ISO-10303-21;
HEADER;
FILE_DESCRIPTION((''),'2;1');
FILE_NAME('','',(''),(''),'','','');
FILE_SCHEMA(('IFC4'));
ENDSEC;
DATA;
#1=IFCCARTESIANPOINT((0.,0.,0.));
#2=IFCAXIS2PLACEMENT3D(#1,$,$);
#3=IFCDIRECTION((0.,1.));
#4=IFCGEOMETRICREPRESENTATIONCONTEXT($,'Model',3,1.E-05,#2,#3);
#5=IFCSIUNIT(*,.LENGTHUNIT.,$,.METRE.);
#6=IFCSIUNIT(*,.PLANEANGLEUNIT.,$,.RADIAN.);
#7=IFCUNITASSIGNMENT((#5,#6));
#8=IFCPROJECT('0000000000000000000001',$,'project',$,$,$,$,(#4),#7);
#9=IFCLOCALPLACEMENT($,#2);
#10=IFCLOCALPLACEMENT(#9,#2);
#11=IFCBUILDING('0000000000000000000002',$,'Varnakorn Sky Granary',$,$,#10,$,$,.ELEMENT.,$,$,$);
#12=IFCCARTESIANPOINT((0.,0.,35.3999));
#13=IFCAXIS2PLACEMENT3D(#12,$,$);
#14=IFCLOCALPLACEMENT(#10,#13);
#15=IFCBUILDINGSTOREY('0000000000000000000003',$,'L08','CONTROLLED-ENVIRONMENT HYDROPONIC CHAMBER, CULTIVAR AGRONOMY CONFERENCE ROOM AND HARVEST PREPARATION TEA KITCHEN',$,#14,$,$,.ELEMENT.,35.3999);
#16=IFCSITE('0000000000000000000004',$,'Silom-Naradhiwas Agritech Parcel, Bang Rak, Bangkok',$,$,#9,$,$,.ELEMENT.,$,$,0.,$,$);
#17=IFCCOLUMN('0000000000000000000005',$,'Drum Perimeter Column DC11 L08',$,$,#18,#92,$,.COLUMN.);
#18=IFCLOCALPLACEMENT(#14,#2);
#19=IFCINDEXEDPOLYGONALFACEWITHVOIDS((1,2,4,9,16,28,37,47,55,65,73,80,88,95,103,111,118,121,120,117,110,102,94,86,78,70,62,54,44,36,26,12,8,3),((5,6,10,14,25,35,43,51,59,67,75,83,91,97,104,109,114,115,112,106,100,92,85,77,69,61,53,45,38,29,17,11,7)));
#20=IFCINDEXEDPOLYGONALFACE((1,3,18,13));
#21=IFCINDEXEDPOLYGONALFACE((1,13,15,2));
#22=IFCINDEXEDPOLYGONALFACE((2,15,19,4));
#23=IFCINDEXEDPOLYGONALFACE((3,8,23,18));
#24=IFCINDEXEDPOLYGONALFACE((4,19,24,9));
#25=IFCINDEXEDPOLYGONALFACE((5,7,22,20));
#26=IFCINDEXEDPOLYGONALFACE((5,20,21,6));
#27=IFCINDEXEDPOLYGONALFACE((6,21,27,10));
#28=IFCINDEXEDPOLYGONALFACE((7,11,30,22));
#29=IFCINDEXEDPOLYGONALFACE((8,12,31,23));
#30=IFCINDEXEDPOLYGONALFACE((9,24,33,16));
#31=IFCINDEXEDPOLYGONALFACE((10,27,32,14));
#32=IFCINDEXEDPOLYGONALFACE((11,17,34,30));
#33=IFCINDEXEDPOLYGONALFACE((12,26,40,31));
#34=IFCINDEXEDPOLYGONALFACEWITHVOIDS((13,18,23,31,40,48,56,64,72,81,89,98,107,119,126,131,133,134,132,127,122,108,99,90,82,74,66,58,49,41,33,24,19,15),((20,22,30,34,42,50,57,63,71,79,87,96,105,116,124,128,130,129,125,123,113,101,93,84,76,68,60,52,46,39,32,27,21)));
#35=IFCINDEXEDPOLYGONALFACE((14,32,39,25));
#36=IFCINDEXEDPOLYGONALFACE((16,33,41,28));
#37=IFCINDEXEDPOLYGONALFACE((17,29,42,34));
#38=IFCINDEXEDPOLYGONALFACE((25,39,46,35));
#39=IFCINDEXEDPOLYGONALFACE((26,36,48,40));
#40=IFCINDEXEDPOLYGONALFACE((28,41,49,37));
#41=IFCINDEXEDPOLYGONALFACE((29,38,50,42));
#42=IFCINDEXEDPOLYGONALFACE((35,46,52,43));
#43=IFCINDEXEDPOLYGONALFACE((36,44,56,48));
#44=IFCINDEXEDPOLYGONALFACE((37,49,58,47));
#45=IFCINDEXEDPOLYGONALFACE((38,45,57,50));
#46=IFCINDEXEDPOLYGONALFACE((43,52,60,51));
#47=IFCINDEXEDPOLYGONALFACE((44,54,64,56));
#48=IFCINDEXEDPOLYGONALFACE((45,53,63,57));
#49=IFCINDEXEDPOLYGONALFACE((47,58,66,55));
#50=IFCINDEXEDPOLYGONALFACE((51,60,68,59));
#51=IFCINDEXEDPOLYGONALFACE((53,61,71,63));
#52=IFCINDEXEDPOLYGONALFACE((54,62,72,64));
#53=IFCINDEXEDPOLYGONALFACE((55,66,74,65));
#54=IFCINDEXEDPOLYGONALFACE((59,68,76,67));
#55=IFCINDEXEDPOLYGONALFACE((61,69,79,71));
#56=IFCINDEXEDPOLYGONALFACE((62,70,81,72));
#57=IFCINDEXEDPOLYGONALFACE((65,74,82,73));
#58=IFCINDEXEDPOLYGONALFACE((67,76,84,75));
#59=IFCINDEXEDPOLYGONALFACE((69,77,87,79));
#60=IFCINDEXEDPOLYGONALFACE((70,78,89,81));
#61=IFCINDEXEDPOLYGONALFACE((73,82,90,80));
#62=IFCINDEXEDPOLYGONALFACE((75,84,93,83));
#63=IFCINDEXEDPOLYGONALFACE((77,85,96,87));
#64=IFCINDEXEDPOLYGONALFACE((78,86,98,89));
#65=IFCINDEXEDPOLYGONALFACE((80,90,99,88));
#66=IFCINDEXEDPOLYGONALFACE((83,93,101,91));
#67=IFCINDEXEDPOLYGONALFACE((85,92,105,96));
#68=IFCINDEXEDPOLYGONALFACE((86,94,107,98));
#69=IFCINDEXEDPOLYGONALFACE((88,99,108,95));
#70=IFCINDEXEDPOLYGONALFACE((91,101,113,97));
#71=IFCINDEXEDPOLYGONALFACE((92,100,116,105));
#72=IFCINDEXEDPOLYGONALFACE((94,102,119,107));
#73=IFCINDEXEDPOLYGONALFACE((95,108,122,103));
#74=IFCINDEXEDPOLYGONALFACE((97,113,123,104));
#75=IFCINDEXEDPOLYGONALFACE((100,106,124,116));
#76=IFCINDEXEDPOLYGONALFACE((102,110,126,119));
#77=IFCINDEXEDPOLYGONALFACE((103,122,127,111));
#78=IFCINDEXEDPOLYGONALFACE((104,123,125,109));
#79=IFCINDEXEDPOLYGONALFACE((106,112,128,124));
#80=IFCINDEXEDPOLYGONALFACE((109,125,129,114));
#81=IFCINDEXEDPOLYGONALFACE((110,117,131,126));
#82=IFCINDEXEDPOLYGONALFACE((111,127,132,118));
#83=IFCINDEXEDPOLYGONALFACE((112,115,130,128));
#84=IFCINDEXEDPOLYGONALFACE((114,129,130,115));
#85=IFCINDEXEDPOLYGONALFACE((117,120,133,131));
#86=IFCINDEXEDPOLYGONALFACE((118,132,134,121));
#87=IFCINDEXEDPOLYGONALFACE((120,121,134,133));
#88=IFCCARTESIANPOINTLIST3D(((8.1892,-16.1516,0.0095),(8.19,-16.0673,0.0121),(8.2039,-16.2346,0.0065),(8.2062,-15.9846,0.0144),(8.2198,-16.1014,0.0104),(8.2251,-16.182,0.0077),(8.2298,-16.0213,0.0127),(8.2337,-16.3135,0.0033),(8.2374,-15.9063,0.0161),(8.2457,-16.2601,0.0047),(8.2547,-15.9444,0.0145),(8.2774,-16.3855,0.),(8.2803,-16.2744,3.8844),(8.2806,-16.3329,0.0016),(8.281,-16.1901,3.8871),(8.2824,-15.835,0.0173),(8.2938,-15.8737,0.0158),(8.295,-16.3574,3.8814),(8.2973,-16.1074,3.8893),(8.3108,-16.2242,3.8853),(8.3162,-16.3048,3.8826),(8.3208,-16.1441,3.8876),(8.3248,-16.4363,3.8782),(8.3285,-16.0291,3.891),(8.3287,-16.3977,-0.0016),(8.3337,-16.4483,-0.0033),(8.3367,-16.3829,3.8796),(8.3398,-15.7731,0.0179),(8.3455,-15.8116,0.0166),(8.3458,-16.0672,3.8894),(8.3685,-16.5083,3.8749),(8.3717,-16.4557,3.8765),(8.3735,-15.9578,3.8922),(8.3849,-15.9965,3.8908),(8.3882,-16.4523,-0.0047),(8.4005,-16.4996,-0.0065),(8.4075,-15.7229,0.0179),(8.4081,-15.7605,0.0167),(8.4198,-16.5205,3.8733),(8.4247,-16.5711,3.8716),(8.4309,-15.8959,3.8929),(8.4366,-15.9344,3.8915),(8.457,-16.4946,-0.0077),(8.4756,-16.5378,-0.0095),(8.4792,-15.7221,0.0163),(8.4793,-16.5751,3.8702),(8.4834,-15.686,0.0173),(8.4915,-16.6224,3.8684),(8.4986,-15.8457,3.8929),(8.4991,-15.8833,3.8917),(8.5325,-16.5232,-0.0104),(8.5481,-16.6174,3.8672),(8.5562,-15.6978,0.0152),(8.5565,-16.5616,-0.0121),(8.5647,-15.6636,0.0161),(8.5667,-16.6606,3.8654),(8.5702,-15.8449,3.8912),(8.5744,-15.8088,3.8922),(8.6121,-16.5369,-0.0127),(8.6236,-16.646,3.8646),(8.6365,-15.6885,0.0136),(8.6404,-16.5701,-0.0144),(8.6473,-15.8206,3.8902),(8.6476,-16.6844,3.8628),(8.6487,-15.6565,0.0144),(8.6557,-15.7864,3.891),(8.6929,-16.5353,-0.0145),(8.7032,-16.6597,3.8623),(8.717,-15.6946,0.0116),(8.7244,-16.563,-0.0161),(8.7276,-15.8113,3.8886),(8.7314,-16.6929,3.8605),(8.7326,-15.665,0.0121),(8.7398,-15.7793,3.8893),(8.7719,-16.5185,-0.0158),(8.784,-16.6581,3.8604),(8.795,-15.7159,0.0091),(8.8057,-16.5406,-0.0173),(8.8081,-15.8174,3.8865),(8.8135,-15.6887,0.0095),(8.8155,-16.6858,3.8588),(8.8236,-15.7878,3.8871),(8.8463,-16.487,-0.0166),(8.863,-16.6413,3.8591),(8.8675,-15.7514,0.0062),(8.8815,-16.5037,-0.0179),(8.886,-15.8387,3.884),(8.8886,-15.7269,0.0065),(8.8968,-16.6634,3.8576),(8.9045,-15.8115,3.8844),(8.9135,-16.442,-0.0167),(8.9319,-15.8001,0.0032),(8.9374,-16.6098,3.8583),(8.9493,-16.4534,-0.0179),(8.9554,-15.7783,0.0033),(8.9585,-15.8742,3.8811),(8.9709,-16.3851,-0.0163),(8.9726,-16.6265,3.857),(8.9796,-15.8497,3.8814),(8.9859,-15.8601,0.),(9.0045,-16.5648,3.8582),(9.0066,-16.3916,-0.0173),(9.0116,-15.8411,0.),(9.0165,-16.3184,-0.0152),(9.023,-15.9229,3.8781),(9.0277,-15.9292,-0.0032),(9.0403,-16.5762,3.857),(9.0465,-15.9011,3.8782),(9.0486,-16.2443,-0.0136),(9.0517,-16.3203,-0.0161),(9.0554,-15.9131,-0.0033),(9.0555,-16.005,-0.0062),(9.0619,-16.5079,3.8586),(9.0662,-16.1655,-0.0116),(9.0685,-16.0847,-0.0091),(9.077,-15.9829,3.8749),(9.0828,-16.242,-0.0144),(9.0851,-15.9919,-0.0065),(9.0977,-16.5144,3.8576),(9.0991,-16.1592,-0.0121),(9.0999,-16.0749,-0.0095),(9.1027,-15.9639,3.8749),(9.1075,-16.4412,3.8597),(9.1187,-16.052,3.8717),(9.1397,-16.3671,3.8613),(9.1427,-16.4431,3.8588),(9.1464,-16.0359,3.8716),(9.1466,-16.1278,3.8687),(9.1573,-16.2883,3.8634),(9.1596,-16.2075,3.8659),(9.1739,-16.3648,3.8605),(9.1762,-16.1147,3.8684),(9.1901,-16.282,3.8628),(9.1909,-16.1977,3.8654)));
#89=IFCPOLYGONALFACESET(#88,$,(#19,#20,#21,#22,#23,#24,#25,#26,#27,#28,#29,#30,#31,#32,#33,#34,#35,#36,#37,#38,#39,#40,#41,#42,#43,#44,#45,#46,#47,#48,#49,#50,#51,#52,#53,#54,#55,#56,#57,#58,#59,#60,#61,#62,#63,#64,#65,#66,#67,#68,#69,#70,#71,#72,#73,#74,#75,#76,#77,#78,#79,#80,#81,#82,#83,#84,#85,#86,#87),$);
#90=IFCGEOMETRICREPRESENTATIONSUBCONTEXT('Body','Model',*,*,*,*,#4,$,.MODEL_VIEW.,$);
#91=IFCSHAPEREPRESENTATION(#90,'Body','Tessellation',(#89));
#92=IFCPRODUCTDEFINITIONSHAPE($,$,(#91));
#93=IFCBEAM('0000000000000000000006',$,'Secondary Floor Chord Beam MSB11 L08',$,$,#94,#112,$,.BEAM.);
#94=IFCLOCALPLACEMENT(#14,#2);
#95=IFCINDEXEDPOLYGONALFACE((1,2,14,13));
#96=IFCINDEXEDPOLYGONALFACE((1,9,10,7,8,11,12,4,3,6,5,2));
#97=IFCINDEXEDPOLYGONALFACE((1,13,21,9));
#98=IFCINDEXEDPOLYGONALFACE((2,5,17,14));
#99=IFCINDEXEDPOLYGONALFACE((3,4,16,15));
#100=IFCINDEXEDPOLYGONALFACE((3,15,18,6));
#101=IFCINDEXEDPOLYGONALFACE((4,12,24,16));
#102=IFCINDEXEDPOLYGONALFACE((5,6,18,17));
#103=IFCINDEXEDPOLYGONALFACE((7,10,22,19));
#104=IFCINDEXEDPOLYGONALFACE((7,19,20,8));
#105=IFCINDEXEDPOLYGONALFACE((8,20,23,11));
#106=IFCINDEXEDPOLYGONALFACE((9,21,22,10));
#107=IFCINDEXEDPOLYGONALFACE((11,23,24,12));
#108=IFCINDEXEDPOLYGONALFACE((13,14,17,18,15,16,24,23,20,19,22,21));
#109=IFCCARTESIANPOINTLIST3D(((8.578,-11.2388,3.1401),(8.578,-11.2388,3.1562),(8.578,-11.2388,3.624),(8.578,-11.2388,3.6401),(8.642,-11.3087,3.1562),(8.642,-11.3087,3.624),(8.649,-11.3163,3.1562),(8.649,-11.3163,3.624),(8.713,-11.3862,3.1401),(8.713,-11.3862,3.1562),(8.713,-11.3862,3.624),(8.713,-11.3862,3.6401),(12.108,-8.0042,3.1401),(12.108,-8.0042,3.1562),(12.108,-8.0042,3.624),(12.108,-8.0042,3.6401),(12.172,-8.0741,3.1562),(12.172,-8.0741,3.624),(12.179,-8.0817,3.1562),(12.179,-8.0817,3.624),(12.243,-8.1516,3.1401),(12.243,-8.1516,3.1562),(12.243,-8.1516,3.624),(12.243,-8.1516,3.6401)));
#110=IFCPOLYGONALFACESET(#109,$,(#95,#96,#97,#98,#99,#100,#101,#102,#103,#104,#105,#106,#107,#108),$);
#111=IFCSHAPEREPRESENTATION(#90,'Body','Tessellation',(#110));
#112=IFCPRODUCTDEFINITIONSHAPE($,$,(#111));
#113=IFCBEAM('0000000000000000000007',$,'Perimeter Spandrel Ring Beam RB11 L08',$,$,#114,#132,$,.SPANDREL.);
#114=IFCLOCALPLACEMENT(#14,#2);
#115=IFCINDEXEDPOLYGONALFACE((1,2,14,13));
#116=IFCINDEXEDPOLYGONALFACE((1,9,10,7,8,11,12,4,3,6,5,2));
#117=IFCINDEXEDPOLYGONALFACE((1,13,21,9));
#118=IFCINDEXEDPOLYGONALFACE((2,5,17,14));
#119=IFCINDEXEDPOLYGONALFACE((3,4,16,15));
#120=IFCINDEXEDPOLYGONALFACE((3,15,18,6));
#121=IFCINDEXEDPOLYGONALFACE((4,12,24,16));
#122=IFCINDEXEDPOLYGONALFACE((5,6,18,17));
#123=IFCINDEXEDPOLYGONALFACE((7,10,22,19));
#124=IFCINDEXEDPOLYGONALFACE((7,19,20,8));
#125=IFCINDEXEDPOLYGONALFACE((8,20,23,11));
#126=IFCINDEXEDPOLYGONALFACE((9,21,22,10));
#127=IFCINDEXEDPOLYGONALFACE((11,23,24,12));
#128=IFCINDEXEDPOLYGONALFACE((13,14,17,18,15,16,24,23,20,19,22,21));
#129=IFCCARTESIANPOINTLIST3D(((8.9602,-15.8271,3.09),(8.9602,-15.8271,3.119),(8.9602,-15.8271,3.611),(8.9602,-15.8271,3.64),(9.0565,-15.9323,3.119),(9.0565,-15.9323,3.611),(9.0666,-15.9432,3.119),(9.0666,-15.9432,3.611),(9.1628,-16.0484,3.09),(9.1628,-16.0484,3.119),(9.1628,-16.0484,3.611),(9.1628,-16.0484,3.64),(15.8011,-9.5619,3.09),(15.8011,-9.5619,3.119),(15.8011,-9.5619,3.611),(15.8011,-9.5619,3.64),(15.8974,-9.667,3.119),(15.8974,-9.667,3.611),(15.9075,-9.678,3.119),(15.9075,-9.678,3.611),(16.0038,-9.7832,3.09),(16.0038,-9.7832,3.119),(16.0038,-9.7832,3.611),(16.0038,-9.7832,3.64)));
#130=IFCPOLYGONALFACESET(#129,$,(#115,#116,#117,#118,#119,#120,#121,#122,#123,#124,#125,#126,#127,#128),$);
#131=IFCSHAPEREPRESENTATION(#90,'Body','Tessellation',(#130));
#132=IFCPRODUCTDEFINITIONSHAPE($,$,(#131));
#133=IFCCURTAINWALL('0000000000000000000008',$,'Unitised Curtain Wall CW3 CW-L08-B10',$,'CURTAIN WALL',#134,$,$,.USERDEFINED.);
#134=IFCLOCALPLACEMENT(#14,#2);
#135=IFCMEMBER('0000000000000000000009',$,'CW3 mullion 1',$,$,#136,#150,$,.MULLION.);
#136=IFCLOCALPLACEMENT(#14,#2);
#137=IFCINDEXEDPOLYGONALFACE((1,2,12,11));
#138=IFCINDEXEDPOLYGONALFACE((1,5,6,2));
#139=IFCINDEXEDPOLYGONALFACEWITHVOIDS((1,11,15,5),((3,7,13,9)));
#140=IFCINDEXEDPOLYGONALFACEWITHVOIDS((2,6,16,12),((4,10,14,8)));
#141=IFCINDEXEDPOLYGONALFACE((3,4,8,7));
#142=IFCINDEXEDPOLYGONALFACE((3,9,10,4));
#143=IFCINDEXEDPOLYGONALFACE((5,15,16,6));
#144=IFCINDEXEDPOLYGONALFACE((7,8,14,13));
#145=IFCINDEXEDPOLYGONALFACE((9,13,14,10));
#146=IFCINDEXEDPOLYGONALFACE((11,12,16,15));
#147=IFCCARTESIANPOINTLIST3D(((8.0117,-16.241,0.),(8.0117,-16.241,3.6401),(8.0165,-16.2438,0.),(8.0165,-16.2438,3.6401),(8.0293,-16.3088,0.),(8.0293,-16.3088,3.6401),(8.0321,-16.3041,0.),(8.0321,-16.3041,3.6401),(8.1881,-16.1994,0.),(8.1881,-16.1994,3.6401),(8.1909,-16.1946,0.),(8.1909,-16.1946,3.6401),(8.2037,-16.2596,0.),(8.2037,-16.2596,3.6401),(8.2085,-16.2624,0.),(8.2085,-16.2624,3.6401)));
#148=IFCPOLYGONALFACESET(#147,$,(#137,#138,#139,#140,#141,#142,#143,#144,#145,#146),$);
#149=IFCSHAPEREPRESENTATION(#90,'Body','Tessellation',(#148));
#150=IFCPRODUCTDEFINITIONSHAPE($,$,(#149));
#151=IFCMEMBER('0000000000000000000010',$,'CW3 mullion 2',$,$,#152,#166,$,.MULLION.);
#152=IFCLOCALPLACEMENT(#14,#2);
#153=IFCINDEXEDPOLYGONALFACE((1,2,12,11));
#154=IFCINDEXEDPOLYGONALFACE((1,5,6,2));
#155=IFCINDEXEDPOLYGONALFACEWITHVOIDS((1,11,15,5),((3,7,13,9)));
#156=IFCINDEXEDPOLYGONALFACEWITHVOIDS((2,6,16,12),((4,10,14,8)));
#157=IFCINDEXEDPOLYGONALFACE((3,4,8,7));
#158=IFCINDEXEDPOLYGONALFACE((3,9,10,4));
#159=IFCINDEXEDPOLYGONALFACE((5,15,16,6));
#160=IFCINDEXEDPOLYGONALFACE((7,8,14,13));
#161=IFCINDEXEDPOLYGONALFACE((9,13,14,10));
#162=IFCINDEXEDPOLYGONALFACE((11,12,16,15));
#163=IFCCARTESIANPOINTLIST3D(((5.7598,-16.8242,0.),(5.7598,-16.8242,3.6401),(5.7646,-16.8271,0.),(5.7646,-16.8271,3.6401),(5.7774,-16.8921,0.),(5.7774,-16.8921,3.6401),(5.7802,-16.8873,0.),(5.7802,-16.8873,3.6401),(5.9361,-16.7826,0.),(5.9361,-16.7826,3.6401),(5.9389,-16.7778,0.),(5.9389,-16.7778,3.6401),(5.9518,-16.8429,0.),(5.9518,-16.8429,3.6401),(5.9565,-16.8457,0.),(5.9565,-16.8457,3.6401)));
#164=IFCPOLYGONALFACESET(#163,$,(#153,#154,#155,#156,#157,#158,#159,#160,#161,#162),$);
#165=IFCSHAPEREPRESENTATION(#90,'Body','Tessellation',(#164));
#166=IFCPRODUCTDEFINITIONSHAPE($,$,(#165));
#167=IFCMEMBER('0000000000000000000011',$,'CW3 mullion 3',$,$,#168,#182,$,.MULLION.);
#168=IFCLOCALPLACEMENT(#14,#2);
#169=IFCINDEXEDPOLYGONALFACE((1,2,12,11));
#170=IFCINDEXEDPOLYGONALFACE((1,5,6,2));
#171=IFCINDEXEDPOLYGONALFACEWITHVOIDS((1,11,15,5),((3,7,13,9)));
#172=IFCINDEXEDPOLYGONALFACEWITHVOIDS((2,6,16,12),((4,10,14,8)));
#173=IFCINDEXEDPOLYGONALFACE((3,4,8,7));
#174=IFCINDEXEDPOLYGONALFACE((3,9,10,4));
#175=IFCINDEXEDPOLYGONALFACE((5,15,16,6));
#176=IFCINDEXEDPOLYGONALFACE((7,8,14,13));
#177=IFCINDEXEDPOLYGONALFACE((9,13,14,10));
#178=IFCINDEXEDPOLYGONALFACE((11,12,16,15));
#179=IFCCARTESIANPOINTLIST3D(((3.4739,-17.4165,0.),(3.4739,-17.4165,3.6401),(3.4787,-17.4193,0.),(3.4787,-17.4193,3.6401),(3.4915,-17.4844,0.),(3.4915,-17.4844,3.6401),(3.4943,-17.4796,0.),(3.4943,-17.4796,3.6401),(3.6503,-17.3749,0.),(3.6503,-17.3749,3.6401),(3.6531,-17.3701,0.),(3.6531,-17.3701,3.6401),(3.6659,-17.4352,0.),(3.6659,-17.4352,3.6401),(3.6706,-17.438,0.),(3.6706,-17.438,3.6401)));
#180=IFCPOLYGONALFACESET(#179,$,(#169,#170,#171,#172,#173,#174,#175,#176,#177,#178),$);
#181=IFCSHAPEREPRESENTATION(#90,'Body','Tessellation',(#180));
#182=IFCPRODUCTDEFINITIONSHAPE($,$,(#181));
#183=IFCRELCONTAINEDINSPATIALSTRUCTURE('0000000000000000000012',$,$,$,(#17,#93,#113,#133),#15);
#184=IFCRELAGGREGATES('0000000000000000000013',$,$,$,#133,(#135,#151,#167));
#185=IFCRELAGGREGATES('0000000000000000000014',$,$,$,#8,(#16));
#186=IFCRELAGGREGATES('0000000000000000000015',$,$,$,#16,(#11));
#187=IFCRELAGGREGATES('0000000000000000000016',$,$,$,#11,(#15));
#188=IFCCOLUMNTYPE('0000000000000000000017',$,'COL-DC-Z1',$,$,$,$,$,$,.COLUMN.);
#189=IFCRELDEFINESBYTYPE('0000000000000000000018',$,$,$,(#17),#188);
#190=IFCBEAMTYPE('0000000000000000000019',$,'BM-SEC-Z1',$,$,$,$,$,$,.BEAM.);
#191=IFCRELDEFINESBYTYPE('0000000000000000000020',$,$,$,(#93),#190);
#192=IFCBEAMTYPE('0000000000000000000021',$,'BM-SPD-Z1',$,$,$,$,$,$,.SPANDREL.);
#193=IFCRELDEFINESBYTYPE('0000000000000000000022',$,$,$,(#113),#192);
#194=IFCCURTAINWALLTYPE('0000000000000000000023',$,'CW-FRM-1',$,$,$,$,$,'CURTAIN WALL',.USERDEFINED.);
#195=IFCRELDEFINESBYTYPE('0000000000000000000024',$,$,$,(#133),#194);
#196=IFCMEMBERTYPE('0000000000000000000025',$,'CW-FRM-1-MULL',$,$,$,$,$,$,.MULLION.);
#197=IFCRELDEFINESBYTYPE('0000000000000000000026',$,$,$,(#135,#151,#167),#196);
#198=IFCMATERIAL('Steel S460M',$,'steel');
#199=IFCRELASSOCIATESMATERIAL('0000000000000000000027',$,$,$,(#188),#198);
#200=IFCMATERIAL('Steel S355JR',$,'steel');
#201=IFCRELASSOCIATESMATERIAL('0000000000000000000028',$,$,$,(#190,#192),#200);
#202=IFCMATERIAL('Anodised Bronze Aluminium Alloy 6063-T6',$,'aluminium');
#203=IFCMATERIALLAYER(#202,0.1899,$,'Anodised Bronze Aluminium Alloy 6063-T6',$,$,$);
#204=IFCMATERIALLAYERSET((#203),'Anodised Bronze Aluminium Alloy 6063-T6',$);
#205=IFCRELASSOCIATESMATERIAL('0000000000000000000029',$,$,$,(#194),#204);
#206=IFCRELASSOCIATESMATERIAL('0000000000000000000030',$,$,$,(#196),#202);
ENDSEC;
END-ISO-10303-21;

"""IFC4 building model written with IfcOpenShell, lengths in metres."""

from ifc_helpers import new_model, si_unit, direction, frame, origin, origin_2d, place, context, subcontext, project, spatial, hollow_rectangle, hollow_circle, i_section, extrude, material, layer, layer_set, material_profile, profile_set, type_object, element, aggregate, save


model = new_model("IFC4")

# Units and contexts
model_context = context("Model", 3, precision=1e-05, world=origin(), true_north=direction((0.0, 1.0)))
body_context = subcontext(model_context, "Body", "Model", "MODEL_VIEW")
ifc_project = project(units=[si_unit("LENGTHUNIT", "METRE"), si_unit("PLANEANGLEUNIT", "RADIAN")], contexts=[model_context])

# Site, building, storey
site_placement = place(None, origin())
site = spatial("IfcSite", under=ifc_project, at=site_placement, Name="Silom-Naradhiwas Agritech Parcel, Bang Rak, Bangkok", CompositionType="ELEMENT", RefElevation=0.0)
building_placement = place(site_placement, origin())
building = spatial("IfcBuilding", under=site, at=building_placement, Name="Varnakorn Sky Granary", CompositionType="ELEMENT")
storey_placement = place(building_placement, frame((0.0, 0.0, 35.3999)))
storey = spatial("IfcBuildingStorey", under=building, at=storey_placement, Name="L08", Description="CONTROLLED-ENVIRONMENT HYDROPONIC CHAMBER, CULTIVAR AGRONOMY CONFERENCE ROOM AND HARVEST PREPARATION TEA KITCHEN", CompositionType="ELEMENT", Elevation=35.3999)

# Column
ifc_material_1 = material(Name="Steel S460M", Category="steel")
ifc_material_profile_1 = material_profile(ifc_material_1, hollow_circle(Radius=0.457, WallThickness=0.032, at=origin_2d()), Name="CHS 914x32")
ifc_profile_set_1 = profile_set([ifc_material_profile_1], Name="Steel S460M")
column_type = type_object("IfcColumnType", Name="COL-DC-Z1", PredefinedType="COLUMN", material=ifc_profile_set_1)
column_placement = place(storey_placement, frame((8.6445, -16.1133, 0.0), z_axis=(0.023482, -0.031666, 0.999223), x_axis=(0.803246, 0.595648, 0.0)))
element("IfcColumn", 1, at=column_placement, inside=storey, type_object=column_type, Name="Drum Perimeter Column DC11 L08", PredefinedType="COLUMN", context=body_context, shape_type="SweptSolid", body=[
    extrude(hollow_circle(Radius=0.457, WallThickness=0.032, at=origin_2d()), origin(), (0.0, 0.0, 1.0), 3.8779),
])

# Beams
ifc_material_2 = material(Name="Steel S355JR", Category="steel")
ifc_material_profile_2 = material_profile(ifc_material_2, i_section(OverallWidth=0.2, OverallDepth=0.5, WebThickness=0.0103, FlangeThickness=0.0161, at=origin_2d()), Name="IPE 500")
ifc_profile_set_2 = profile_set([ifc_material_profile_2], Name="Steel S355JR")
beam_type_1 = type_object("IfcBeamType", Name="BM-SEC-Z1", PredefinedType="BEAM", material=ifc_profile_set_2)
beam_1_placement = place(storey_placement, frame((8.6455, -11.3125, 3.3901), z_axis=(0.737283, 0.675584, 0.0), x_axis=(-0.675584, 0.737283, 0.0)))
element("IfcBeam", 2, at=beam_1_placement, inside=storey, type_object=beam_type_1, Name="Secondary Floor Chord Beam MSB11 L08", PredefinedType="BEAM", context=body_context, shape_type="SweptSolid", body=[
    extrude(i_section(OverallWidth=0.2, OverallDepth=0.5, WebThickness=0.0103, FlangeThickness=0.0161, at=origin_2d()), origin(), (0.0, 0.0, 1.0), 4.7878),
])
ifc_material_profile_3 = material_profile(ifc_material_2, i_section(OverallWidth=0.3, OverallDepth=0.55, WebThickness=0.0149, FlangeThickness=0.0291, at=origin_2d()), Name="HE 550 B")
ifc_profile_set_3 = profile_set([ifc_material_profile_3], Name="Steel S355JR")
beam_type_2 = type_object("IfcBeamType", Name="BM-SPD-Z1", PredefinedType="SPANDREL", material=ifc_profile_set_3)
beam_2_placement = place(storey_placement, frame((9.0615, -15.9377, 3.365), z_axis=(0.737456, 0.675396, 0.0), x_axis=(-0.675396, 0.737456, 0.0)))
element("IfcBeam", 3, at=beam_2_placement, inside=storey, type_object=beam_type_2, Name="Perimeter Spandrel Ring Beam RB11 L08", PredefinedType="SPANDREL", context=body_context, shape_type="SweptSolid", body=[
    extrude(i_section(OverallWidth=0.3, OverallDepth=0.55, WebThickness=0.0149, FlangeThickness=0.0291, at=origin_2d()), origin(), (0.0, 0.0, 1.0), 9.2764),
])

# Curtain wall, members
ifc_material_3 = material(Name="Anodised Bronze Aluminium Alloy 6063-T6", Category="aluminium")
ifc_layer_1 = layer(ifc_material_3, 0.1899, Name="Anodised Bronze Aluminium Alloy 6063-T6")
ifc_layer_set_1 = layer_set([ifc_layer_1], Name="Anodised Bronze Aluminium Alloy 6063-T6")
curtain_wall_type = type_object("IfcCurtainWallType", Name="CW-FRM-1", ElementType="CURTAIN WALL", PredefinedType="USERDEFINED", material=ifc_layer_set_1)
curtain_wall_1_placement = place(storey_placement, origin())
curtain_wall_1 = element("IfcCurtainWall", 4, at=curtain_wall_1_placement, inside=storey, type_object=curtain_wall_type, Name="Unitised Curtain Wall CW3 CW-L08-B10", ObjectType="CURTAIN WALL", PredefinedType="USERDEFINED")
ifc_material_profile_4 = material_profile(ifc_material_3, hollow_rectangle(XDim=0.0701, YDim=0.1851, WallThickness=0.0039, at=origin_2d()), Name="ALU MULL 70x185")
ifc_profile_set_4 = profile_set([ifc_material_profile_4], Name="Anodised Bronze Aluminium Alloy 6063-T6")
member_type_1 = type_object("IfcMemberType", Name="CW-FRM-1-MULL", PredefinedType="MULLION", material=ifc_profile_set_4)
member_1_placement = place(storey_placement, frame((8.1101, -16.2517, 0.0), z_axis=(0.0, 0.0, 1.0), x_axis=(0.25076, -0.968049, 0.0)))
member_1 = element("IfcMember", 5, at=member_1_placement, type_object=member_type_1, Name="CW3 mullion 1", PredefinedType="MULLION", context=body_context, shape_type="SweptSolid", body=[
    extrude(hollow_rectangle(XDim=0.0701, YDim=0.1851, WallThickness=0.0039, at=origin_2d()), origin(), (0.0, 0.0, 1.0), 3.6401),
])
member_2_placement = place(storey_placement, frame((5.8582, -16.835, 0.0), z_axis=(0.0, 0.0, 1.0), x_axis=(0.25076, -0.968049, 0.0)))
member_2 = element("IfcMember", 6, at=member_2_placement, type_object=member_type_1, Name="CW3 mullion 2", PredefinedType="MULLION", context=body_context, shape_type="SweptSolid", body=[
    extrude(hollow_rectangle(XDim=0.0701, YDim=0.1851, WallThickness=0.0039, at=origin_2d()), origin(), (0.0, 0.0, 1.0), 3.6401),
])
member_3_placement = place(storey_placement, frame((3.5723, -17.4272, 0.0), z_axis=(0.0, 0.0, 1.0), x_axis=(0.25076, -0.968049, 0.0)))
member_3 = element("IfcMember", 7, at=member_3_placement, type_object=member_type_1, Name="CW3 mullion 3", PredefinedType="MULLION", context=body_context, shape_type="SweptSolid", body=[
    extrude(hollow_rectangle(XDim=0.0701, YDim=0.1851, WallThickness=0.0039, at=origin_2d()), origin(), (0.0, 0.0, 1.0), 3.6401),
])

aggregate(curtain_wall_1, [member_1, member_2, member_3])

save(model, "model.ifc")
